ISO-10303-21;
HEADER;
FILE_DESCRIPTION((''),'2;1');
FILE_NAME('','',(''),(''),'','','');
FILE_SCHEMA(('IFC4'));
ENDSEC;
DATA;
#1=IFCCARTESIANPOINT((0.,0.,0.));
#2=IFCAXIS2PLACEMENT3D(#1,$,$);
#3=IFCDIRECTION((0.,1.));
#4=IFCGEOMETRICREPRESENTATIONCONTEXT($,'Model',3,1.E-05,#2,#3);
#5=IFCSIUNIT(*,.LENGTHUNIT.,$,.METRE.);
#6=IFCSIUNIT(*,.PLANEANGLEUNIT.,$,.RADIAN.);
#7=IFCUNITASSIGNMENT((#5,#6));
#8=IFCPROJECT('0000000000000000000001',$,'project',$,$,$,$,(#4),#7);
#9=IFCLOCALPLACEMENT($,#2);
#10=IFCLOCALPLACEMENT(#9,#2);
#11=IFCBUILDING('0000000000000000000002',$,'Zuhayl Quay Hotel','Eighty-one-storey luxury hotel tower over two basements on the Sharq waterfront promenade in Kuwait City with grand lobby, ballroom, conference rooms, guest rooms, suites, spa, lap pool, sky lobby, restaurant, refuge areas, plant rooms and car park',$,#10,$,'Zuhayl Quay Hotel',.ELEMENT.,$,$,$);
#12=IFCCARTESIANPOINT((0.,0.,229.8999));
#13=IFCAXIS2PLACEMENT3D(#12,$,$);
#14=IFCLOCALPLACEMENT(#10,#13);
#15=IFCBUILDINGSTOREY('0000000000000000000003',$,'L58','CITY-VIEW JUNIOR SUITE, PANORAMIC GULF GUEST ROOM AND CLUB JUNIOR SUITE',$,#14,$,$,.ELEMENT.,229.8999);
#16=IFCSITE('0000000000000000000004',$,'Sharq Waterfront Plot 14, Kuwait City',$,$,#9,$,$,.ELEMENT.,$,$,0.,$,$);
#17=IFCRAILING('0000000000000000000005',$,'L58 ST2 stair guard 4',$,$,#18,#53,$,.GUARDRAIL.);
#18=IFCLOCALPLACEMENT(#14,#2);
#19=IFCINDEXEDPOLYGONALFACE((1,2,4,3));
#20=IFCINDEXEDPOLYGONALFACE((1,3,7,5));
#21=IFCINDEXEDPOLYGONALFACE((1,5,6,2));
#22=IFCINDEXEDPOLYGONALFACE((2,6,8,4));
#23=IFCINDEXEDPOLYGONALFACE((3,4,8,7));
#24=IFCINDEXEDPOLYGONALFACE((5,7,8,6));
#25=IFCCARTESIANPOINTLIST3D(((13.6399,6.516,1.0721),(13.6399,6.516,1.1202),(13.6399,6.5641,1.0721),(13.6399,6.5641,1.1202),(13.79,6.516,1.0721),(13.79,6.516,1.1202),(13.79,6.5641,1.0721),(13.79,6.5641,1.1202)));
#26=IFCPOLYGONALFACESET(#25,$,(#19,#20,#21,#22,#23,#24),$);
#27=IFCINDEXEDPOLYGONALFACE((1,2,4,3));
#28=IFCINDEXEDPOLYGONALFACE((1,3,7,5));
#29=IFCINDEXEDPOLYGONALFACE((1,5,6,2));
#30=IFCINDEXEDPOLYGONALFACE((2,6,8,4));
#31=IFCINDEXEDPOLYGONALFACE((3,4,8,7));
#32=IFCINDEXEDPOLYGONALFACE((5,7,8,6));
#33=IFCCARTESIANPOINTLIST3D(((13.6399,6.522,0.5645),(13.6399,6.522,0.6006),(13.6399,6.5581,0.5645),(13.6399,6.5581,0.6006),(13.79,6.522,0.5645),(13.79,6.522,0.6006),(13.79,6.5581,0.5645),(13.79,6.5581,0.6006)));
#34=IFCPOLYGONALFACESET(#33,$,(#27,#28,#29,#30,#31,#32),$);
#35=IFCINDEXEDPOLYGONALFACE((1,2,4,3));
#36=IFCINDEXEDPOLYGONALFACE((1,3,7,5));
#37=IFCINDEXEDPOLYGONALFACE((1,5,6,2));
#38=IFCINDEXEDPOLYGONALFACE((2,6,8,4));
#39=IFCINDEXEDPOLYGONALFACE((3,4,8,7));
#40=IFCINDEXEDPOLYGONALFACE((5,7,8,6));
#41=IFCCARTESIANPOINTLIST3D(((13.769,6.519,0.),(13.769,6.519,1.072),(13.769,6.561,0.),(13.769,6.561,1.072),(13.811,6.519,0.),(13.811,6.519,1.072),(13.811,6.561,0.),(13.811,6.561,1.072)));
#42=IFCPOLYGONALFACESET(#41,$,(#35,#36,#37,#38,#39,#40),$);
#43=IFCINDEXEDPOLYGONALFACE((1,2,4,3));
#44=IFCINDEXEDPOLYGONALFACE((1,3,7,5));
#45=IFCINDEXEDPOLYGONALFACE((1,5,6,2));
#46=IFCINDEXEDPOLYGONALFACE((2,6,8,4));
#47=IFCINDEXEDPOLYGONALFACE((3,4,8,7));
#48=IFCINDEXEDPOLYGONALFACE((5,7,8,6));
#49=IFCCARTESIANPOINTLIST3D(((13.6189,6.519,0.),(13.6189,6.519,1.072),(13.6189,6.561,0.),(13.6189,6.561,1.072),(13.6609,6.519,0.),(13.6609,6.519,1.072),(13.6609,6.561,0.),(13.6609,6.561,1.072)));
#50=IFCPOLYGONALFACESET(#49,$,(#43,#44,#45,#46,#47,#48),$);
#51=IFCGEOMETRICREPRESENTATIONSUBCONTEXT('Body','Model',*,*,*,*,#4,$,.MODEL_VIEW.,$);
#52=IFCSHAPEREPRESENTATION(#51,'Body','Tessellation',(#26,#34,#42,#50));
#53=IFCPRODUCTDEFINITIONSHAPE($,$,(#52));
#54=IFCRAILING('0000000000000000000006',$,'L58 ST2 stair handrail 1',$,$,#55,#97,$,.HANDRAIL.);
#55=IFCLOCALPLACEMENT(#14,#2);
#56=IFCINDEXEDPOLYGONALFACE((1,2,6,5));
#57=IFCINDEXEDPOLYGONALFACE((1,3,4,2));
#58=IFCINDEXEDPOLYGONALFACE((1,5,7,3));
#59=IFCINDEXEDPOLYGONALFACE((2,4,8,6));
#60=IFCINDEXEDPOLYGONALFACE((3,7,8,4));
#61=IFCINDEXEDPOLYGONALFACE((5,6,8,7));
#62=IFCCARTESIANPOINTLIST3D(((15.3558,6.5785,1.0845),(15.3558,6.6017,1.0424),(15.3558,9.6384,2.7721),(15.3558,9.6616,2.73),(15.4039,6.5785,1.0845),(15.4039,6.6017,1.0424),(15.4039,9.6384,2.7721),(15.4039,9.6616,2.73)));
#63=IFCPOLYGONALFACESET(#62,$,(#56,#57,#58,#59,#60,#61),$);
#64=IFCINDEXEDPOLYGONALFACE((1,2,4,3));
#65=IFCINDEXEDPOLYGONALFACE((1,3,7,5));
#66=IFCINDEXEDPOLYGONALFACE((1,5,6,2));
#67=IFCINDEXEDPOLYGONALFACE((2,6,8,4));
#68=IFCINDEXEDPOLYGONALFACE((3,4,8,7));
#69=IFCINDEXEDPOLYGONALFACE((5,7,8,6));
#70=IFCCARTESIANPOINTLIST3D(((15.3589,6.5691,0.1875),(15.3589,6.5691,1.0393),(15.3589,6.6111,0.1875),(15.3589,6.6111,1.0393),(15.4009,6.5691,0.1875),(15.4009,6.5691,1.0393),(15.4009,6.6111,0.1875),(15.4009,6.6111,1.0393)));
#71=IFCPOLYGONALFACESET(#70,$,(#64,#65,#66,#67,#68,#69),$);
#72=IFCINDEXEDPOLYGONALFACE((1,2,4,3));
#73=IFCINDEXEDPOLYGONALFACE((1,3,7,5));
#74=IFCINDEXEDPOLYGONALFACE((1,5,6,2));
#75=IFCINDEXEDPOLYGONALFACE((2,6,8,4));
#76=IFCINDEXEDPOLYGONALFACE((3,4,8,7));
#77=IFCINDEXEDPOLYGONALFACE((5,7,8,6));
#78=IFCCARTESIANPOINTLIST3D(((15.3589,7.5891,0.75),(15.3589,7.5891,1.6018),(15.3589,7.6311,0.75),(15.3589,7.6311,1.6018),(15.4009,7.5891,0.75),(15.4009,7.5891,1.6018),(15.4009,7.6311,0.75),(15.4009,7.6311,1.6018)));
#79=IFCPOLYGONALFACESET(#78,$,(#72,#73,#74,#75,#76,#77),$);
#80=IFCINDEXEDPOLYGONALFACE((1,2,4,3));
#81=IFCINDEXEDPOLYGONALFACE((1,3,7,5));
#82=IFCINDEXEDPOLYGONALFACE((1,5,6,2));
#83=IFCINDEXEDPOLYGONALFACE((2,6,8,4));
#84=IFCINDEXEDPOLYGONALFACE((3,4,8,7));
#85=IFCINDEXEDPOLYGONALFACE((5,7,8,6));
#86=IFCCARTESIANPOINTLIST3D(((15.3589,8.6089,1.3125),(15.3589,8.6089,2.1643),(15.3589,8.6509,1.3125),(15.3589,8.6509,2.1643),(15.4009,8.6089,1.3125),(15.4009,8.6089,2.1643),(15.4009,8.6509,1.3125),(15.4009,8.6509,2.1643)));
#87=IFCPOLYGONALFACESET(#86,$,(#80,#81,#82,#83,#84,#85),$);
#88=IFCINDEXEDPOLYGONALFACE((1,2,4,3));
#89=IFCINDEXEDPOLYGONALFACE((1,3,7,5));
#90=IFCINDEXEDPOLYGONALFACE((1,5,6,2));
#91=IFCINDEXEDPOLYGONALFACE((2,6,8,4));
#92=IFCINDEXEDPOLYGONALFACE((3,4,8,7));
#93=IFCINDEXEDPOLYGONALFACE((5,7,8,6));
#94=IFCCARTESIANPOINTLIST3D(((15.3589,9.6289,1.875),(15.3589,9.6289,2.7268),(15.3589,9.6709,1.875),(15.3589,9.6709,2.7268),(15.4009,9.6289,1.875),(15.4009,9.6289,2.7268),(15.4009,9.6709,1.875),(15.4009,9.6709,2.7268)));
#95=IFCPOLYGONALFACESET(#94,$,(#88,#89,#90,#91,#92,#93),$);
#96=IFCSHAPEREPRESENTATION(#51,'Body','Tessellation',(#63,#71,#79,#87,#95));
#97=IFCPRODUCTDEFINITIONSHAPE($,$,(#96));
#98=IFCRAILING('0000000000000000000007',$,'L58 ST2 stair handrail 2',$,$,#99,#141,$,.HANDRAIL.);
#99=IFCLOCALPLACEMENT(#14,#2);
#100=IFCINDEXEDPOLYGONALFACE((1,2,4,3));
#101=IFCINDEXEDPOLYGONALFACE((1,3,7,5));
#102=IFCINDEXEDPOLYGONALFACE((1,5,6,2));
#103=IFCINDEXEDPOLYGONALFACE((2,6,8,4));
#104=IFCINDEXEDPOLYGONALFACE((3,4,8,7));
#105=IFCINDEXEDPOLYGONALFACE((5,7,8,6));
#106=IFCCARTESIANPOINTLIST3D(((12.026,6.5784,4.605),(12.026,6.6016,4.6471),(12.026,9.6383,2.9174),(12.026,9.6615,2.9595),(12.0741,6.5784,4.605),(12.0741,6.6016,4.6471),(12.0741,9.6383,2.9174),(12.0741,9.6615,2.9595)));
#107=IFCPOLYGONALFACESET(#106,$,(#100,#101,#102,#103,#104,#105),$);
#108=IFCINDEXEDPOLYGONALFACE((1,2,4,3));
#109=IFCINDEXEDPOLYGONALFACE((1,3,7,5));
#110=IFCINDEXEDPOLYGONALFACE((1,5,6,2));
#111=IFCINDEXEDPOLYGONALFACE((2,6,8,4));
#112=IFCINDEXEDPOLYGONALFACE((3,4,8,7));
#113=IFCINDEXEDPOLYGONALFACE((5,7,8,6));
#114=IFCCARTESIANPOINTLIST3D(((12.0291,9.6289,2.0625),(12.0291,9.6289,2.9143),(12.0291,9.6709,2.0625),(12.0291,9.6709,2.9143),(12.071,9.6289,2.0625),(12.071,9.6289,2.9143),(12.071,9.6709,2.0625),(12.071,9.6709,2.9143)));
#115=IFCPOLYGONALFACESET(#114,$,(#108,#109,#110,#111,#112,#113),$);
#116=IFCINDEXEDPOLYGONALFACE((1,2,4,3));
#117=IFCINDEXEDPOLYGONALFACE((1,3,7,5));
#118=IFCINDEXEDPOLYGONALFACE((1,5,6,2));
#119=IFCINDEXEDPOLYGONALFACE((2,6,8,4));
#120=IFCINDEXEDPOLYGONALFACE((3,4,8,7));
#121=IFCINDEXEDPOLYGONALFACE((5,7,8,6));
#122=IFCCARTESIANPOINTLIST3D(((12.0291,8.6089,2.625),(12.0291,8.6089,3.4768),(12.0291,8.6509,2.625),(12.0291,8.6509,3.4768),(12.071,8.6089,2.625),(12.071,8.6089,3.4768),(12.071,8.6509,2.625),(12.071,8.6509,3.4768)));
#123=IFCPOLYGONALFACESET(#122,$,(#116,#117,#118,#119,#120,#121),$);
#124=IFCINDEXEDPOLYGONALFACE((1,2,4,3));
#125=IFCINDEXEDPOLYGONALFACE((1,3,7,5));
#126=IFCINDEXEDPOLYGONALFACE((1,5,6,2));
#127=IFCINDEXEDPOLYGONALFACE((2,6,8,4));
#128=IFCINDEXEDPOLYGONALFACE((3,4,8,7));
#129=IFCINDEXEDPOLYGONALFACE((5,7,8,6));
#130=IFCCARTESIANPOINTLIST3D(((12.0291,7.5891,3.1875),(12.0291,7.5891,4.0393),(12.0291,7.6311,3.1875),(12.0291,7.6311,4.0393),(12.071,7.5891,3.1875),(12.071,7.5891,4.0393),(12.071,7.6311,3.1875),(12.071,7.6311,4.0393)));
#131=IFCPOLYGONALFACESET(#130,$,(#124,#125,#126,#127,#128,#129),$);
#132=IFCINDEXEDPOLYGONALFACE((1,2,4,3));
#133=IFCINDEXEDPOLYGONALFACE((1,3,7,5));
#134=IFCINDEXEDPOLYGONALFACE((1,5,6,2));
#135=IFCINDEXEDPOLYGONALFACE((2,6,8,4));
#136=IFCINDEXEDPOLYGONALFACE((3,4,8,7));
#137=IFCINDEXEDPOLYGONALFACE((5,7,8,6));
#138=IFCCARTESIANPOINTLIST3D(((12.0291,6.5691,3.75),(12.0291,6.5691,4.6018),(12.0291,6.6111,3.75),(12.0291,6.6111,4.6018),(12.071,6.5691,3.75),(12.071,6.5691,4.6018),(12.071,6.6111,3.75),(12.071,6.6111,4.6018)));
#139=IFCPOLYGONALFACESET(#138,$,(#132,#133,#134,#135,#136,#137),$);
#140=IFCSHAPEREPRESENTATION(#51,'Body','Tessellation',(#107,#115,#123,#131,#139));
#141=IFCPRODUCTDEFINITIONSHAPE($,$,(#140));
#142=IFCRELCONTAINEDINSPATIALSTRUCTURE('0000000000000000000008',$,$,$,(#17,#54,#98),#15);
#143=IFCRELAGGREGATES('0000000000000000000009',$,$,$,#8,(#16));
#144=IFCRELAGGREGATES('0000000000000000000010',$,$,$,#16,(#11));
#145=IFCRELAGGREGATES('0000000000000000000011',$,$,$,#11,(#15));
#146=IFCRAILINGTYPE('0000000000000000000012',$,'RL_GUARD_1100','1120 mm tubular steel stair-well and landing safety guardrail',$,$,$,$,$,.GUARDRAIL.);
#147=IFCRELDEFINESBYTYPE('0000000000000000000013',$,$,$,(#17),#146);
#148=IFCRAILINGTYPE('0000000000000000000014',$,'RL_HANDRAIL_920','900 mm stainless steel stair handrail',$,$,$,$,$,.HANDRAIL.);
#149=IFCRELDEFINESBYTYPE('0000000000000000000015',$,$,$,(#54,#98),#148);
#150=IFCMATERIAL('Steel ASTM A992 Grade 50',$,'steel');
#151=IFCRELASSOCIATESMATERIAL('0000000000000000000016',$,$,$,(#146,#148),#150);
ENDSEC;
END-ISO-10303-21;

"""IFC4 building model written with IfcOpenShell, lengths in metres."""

from ifc_helpers import new_model, si_unit, direction, frame, origin, origin_2d, place, context, subcontext, project, spatial, rectangle, extrude, material, type_object, element, save


model = new_model("IFC4")

# Units and contexts
model_context = context("Model", 3, precision=1e-05, world=origin(), true_north=direction((0.0, 1.0)))
body_context = subcontext(model_context, "Body", "Model", "MODEL_VIEW")
ifc_project = project(units=[si_unit("LENGTHUNIT", "METRE"), si_unit("PLANEANGLEUNIT", "RADIAN")], contexts=[model_context])

# Site, building, storey
site_placement = place(None, origin())
site = spatial("IfcSite", under=ifc_project, at=site_placement, Name="Sharq Waterfront Plot 14, Kuwait City", CompositionType="ELEMENT", RefElevation=0.0)
building_placement = place(site_placement, origin())
building = spatial("IfcBuilding", under=site, at=building_placement, Name="Zuhayl Quay Hotel", Description="Eighty-one-storey luxury hotel tower over two basements on the Sharq waterfront promenade in Kuwait City with grand lobby, ballroom, conference rooms, guest rooms, suites, spa, lap pool, sky lobby, restaurant, refuge areas, plant rooms and car park", LongName="Zuhayl Quay Hotel", CompositionType="ELEMENT")
storey_placement = place(building_placement, frame((0.0, 0.0, 229.8999)))
storey = spatial("IfcBuildingStorey", under=building, at=storey_placement, Name="L58", Description="CITY-VIEW JUNIOR SUITE, PANORAMIC GULF GUEST ROOM AND CLUB JUNIOR SUITE", CompositionType="ELEMENT", Elevation=229.8999)

# Railings
ifc_material_1 = material(Name="Steel ASTM A992 Grade 50", Category="steel")
railing_type_1 = type_object("IfcRailingType", Name="RL_GUARD_1100", Description="1120 mm tubular steel stair-well and landing safety guardrail", PredefinedType="GUARDRAIL", material=ifc_material_1)
railing_1_placement = place(storey_placement, frame((13.79, 6.54, 0.0)))
element("IfcRailing", 1, at=railing_1_placement, inside=storey, type_object=railing_type_1, Name="L58 ST2 stair guard 4", PredefinedType="GUARDRAIL", context=body_context, shape_type="SweptSolid", body=[
    extrude(rectangle(XDim=0.0481, YDim=0.0481, at=origin_2d()), frame((0.0, 0.0, 1.0962), z_axis=(-1.0, 0.0, 0.0), x_axis=(0.0, -1.0, 0.0)), (0.0, 0.0, 1.0), 0.1501),
    extrude(rectangle(XDim=0.0361, YDim=0.0361, at=origin_2d()), frame((0.0, 0.0, 0.5825), z_axis=(-1.0, 0.0, 0.0), x_axis=(0.0, -1.0, 0.0)), (0.0, 0.0, 1.0), 0.1501),
    extrude(rectangle(XDim=0.042, YDim=0.042, at=origin_2d()), origin(), (0.0, 0.0, 1.0), 1.072),
    extrude(rectangle(XDim=0.042, YDim=0.042, at=origin_2d()), frame((-0.1501, 0.0, 0.0)), (0.0, 0.0, 1.0), 1.072),
])
railing_type_2 = type_object("IfcRailingType", Name="RL_HANDRAIL_920", Description="900 mm stainless steel stair handrail", PredefinedType="HANDRAIL", material=ifc_material_1)
railing_2_placement = place(storey_placement, frame((15.3799, 6.5901, 0.1875)))
element("IfcRailing", 2, at=railing_2_placement, inside=storey, type_object=railing_type_2, Name="L58 ST2 stair handrail 1", PredefinedType="HANDRAIL", context=body_context, shape_type="SweptSolid", body=[
    extrude(rectangle(XDim=0.0481, YDim=0.0481, at=origin_2d()), frame((0.0, 0.0, 0.876), z_axis=(0.0, 0.875659, 0.48293), x_axis=(-1.0, 0.0, 0.0)), (0.0, 0.0, 1.0), 3.4944),
    extrude(rectangle(XDim=0.042, YDim=0.042, at=origin_2d()), origin(), (0.0, 0.0, 1.0), 0.8518),
    extrude(rectangle(XDim=0.042, YDim=0.042, at=origin_2d()), frame((0.0, 1.02, 0.5625)), (0.0, 0.0, 1.0), 0.8518),
    extrude(rectangle(XDim=0.042, YDim=0.042, at=origin_2d()), frame((0.0, 2.0398, 1.125)), (0.0, 0.0, 1.0), 0.8518),
    extrude(rectangle(XDim=0.042, YDim=0.042, at=origin_2d()), frame((0.0, 3.0598, 1.6875)), (0.0, 0.0, 1.0), 0.8518),
])
railing_3_placement = place(storey_placement, frame((12.05, 9.6499, 2.0625)))
element("IfcRailing", 3, at=railing_3_placement, inside=storey, type_object=railing_type_2, Name="L58 ST2 stair handrail 2", PredefinedType="HANDRAIL", context=body_context, shape_type="SweptSolid", body=[
    extrude(rectangle(XDim=0.0481, YDim=0.0481, at=origin_2d()), frame((0.0, 0.0, 0.876), z_axis=(0.0, -0.875659, 0.48293), x_axis=(1.0, 0.0, 0.0)), (0.0, 0.0, 1.0), 3.4944),
    extrude(rectangle(XDim=0.042, YDim=0.042, at=origin_2d()), origin(), (0.0, 0.0, 1.0), 0.8518),
    extrude(rectangle(XDim=0.042, YDim=0.042, at=origin_2d()), frame((0.0, -1.02, 0.5625)), (0.0, 0.0, 1.0), 0.8518),
    extrude(rectangle(XDim=0.042, YDim=0.042, at=origin_2d()), frame((0.0, -2.0398, 1.125)), (0.0, 0.0, 1.0), 0.8518),
    extrude(rectangle(XDim=0.042, YDim=0.042, at=origin_2d()), frame((0.0, -3.0598, 1.6875)), (0.0, 0.0, 1.0), 0.8518),
])

save(model, "model.ifc")
